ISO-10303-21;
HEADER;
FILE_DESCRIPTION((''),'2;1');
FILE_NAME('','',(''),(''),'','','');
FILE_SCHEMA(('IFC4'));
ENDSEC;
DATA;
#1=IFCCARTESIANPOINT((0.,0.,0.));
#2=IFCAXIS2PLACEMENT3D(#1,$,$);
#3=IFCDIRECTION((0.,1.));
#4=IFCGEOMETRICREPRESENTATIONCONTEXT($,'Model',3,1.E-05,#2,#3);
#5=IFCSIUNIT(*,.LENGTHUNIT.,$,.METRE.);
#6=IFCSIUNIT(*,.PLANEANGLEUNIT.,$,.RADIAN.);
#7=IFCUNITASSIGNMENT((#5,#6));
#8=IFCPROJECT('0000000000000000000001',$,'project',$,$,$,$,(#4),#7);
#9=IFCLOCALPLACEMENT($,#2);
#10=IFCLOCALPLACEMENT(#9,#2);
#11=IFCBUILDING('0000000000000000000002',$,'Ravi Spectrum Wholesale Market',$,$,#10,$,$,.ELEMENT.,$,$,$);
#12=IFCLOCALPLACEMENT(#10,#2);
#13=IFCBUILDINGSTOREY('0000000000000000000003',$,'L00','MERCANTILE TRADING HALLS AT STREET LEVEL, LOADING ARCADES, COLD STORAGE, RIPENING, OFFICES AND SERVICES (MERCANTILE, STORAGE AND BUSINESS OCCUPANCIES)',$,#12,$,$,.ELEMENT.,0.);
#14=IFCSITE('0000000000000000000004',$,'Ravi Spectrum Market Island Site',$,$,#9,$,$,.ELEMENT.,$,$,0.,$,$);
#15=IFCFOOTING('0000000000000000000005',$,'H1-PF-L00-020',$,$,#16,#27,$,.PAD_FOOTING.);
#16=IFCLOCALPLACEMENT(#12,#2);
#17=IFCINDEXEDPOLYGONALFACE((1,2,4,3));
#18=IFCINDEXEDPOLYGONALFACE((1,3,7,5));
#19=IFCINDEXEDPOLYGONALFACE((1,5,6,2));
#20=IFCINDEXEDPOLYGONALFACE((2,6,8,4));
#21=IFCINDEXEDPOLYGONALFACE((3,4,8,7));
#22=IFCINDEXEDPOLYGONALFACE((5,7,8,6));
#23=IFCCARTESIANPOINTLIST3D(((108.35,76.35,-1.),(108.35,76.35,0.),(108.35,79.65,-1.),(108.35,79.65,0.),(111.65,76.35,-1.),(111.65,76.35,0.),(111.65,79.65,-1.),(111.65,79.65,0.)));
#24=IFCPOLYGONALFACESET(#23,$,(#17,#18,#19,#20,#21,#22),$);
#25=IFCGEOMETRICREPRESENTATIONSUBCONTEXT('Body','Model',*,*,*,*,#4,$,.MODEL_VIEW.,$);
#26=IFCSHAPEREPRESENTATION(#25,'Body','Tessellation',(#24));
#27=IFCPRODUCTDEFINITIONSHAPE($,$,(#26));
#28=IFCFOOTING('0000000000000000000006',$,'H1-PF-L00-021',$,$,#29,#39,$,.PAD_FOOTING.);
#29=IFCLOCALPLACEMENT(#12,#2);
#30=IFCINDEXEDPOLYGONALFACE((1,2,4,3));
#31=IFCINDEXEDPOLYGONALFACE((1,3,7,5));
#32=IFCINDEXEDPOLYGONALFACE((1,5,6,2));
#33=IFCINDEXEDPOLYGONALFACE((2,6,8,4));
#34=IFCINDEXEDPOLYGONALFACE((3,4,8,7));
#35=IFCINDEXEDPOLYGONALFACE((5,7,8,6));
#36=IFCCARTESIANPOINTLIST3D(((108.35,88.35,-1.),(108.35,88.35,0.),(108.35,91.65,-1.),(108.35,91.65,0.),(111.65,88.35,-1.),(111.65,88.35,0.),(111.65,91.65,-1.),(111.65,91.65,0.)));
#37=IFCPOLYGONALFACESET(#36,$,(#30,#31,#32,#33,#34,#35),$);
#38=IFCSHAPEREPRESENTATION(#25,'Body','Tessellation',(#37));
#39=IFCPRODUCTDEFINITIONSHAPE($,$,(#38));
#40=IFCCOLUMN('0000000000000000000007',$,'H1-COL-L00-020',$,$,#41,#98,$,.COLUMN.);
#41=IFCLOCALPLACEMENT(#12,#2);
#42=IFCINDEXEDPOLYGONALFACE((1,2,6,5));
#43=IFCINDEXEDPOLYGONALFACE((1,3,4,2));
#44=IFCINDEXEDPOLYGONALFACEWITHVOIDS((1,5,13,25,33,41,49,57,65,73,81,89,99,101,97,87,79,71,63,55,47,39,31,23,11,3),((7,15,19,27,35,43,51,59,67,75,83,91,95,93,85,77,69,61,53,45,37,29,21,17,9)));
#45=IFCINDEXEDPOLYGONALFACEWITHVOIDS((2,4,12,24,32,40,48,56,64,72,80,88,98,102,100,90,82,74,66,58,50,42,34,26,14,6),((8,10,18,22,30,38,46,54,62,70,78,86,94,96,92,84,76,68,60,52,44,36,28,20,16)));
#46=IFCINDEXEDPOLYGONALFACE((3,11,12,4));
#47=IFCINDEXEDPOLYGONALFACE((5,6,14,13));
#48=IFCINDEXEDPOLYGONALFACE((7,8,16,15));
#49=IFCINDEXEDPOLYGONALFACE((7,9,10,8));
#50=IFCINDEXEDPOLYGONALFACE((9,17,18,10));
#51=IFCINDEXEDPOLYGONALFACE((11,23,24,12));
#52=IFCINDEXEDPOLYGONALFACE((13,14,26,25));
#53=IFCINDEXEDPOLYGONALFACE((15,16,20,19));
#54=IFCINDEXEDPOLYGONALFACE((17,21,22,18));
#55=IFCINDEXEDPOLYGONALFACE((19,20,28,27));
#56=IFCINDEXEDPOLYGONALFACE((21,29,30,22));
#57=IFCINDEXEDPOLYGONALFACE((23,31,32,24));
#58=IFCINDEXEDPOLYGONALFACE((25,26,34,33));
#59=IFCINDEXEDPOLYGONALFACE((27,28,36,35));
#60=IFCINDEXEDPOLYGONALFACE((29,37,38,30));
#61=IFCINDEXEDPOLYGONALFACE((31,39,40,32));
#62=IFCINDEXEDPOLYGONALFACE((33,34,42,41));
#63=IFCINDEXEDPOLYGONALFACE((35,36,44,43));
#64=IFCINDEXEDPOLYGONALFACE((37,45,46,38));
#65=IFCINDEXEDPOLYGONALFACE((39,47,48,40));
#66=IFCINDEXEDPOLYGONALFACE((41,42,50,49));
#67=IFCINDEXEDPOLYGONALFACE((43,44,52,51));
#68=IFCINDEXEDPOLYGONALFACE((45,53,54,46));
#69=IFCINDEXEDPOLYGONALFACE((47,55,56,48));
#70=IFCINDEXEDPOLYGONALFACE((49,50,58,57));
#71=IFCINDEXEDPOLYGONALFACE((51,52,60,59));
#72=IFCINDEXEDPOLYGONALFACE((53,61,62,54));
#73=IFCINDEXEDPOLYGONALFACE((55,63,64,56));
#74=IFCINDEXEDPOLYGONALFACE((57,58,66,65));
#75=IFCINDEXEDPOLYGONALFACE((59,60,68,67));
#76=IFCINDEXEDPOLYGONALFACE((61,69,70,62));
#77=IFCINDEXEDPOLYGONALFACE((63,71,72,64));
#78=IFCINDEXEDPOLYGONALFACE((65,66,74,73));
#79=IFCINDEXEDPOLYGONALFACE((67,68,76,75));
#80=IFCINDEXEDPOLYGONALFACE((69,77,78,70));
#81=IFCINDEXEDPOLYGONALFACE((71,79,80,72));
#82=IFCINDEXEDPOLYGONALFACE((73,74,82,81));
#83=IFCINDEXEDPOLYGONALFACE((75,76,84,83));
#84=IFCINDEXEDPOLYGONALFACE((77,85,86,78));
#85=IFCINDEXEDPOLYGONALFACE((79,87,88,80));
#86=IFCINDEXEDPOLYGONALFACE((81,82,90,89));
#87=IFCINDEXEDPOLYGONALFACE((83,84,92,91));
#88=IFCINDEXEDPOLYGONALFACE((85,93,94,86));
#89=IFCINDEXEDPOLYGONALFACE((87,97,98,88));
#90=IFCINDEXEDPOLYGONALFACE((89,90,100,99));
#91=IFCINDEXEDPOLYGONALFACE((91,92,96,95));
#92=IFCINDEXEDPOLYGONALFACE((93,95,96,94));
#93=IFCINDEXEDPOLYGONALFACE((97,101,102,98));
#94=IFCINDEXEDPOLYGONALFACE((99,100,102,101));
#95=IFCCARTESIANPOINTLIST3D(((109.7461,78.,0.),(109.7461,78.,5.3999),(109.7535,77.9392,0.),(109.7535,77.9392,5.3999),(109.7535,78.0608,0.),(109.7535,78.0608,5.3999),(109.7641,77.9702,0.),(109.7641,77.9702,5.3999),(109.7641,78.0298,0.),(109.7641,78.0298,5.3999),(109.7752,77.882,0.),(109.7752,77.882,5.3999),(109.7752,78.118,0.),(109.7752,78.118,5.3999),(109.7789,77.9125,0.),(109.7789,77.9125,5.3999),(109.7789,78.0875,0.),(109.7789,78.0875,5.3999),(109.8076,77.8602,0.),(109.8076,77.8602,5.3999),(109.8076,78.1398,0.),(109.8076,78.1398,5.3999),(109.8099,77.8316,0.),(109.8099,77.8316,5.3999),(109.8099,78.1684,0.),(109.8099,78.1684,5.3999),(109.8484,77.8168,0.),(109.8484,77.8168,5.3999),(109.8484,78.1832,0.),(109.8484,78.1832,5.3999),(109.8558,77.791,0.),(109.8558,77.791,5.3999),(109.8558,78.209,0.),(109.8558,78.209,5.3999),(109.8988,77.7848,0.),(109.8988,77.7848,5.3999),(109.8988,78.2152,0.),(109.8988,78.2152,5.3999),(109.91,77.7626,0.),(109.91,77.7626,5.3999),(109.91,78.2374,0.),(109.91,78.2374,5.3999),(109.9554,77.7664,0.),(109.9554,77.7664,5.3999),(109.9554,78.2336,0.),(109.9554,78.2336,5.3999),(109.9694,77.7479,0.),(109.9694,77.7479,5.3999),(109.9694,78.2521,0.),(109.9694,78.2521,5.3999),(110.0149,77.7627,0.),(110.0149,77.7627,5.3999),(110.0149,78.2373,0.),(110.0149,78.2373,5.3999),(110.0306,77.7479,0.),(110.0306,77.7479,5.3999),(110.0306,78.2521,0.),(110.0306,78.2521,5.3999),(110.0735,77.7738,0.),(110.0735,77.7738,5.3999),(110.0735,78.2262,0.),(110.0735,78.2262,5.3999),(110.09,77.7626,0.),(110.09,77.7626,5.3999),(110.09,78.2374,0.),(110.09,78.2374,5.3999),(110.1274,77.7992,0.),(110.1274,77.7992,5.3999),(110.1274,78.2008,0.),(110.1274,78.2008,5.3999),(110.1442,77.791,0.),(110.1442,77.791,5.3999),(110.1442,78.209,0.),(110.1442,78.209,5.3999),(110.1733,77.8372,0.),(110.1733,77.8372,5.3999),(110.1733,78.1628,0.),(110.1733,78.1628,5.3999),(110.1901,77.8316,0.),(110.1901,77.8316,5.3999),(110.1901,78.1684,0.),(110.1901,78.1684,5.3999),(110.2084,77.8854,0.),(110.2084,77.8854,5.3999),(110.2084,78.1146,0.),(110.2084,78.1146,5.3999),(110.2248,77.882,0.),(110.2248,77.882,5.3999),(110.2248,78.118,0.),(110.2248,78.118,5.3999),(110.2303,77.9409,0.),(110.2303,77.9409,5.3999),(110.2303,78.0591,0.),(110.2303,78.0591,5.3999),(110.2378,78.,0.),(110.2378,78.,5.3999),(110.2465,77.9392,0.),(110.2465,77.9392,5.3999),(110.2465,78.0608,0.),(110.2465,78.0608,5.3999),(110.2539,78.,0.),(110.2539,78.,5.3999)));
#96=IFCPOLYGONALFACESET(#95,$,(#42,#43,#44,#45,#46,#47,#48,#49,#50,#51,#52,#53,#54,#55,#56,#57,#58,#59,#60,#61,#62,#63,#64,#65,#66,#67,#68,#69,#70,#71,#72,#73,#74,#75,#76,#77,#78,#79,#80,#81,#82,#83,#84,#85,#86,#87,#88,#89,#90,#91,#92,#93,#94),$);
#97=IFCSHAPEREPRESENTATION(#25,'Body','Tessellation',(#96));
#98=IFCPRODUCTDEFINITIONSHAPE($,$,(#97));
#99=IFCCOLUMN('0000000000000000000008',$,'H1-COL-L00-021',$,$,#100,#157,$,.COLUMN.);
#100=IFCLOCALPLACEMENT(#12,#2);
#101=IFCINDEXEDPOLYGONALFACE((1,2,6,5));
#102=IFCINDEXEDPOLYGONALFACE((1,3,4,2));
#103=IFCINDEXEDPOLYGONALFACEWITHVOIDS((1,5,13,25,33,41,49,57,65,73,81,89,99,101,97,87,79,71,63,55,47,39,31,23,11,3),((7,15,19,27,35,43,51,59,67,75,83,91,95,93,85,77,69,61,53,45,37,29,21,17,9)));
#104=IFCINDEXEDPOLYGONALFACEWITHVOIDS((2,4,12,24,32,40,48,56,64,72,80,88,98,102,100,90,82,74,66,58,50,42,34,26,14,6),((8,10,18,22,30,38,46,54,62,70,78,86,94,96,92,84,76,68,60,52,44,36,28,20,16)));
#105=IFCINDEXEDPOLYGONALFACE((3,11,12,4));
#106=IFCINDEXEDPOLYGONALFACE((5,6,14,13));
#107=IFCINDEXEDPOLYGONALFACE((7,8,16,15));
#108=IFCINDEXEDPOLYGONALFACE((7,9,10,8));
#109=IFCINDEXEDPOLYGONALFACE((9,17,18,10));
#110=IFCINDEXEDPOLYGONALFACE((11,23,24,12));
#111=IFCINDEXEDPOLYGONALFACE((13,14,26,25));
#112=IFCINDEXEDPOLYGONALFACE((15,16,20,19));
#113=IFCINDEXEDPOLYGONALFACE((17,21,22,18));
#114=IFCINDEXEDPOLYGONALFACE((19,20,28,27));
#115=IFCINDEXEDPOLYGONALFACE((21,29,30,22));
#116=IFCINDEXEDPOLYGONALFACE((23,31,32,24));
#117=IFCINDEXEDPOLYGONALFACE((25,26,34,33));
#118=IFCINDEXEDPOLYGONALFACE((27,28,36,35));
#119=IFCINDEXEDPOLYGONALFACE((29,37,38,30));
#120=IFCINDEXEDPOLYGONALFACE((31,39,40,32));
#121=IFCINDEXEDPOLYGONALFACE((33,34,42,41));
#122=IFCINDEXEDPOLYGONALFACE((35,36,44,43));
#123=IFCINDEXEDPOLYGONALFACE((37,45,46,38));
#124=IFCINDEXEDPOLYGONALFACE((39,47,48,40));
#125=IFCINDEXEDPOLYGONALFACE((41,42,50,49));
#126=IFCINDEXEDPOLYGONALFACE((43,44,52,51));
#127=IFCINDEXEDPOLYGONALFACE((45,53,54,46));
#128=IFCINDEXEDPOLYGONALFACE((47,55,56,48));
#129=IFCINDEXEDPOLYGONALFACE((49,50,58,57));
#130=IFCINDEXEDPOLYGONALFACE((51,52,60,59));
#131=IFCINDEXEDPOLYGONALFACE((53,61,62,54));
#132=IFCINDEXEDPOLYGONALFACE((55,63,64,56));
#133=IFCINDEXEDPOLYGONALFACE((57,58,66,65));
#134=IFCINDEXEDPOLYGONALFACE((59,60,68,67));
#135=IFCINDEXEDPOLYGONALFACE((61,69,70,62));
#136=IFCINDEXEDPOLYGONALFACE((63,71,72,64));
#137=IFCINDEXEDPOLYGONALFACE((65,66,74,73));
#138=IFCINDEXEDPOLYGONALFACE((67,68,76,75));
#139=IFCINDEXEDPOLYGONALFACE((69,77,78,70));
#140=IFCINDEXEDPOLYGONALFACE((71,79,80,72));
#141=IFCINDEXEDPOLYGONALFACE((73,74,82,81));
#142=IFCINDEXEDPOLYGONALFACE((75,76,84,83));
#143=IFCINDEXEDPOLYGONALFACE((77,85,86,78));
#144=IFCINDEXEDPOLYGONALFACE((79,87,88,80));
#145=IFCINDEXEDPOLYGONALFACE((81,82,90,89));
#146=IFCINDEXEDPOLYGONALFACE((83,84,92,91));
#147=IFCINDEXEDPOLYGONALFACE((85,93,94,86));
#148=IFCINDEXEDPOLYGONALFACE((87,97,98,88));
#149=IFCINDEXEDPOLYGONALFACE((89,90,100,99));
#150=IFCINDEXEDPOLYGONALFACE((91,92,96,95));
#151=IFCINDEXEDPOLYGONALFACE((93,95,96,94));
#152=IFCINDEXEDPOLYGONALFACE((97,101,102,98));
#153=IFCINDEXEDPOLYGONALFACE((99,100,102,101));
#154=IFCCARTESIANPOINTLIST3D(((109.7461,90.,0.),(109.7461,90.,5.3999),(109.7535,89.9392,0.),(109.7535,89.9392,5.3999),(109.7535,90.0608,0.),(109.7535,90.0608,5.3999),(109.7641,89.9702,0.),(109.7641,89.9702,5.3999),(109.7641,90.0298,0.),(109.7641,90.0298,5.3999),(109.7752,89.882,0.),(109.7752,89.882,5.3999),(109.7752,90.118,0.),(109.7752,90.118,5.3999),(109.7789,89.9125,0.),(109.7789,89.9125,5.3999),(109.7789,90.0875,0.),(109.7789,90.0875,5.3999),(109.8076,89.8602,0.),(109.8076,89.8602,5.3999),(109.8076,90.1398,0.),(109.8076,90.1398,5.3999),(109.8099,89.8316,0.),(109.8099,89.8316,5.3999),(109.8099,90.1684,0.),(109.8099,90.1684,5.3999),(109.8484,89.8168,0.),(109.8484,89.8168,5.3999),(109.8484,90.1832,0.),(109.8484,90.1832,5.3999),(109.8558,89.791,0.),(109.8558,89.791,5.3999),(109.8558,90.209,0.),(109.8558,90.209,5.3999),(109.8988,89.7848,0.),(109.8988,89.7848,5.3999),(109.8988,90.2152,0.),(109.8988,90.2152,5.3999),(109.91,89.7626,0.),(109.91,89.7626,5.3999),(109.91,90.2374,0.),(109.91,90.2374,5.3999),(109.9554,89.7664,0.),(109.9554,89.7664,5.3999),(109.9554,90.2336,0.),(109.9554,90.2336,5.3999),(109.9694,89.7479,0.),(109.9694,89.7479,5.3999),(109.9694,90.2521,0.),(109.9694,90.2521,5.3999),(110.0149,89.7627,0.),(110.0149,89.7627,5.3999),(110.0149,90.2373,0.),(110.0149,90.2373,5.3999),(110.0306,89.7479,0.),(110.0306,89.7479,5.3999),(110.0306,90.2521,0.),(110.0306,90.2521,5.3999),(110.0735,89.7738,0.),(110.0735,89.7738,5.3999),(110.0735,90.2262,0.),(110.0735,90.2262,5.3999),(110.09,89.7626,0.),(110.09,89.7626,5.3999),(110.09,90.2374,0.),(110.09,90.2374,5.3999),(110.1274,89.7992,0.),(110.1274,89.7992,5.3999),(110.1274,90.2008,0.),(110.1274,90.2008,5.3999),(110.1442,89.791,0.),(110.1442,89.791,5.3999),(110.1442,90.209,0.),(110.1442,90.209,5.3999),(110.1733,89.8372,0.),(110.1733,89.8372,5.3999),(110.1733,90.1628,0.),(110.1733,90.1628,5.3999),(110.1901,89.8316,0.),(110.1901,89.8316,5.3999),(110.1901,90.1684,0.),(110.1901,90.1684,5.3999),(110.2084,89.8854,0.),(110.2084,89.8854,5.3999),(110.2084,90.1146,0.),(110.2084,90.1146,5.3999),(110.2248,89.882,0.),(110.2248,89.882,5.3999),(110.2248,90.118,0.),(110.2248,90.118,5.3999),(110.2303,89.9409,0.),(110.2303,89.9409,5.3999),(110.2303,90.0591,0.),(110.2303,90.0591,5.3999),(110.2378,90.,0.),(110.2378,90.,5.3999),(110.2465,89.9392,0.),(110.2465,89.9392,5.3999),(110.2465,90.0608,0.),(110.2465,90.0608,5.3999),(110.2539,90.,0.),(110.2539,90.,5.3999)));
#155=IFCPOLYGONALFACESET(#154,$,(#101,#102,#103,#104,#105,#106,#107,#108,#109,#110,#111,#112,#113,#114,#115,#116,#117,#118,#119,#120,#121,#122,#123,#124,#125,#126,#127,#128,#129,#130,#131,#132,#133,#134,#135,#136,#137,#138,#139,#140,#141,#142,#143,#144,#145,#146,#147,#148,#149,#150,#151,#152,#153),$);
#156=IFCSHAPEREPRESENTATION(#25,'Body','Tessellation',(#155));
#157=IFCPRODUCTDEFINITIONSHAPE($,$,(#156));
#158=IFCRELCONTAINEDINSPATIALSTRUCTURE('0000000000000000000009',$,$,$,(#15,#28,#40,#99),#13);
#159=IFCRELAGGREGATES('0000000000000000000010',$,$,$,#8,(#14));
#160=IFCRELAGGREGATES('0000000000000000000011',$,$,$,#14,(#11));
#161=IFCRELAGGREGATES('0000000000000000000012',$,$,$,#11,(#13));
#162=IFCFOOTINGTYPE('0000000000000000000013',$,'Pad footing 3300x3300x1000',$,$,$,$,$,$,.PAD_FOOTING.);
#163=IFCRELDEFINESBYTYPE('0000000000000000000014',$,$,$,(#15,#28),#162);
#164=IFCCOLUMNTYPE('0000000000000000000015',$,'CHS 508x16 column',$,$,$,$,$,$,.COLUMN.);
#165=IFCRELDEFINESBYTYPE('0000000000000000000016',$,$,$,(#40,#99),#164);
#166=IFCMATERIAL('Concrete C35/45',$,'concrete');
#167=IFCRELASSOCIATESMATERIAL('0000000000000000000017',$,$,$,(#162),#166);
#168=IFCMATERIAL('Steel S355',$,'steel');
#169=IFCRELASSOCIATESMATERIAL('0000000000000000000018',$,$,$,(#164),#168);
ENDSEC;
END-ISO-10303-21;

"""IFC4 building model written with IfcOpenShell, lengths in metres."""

from ifc_helpers import new_model, si_unit, direction, frame, origin, origin_2d, place, context, subcontext, project, spatial, rectangle, hollow_circle, extrude, material, material_profile, profile_set, type_object, element, save


model = new_model("IFC4")

# Units and contexts
model_context = context("Model", 3, precision=1e-05, world=origin(), true_north=direction((0.0, 1.0)))
body_context = subcontext(model_context, "Body", "Model", "MODEL_VIEW")
ifc_project = project(units=[si_unit("LENGTHUNIT", "METRE"), si_unit("PLANEANGLEUNIT", "RADIAN")], contexts=[model_context])

# Site, building, storey
site_placement = place(None, origin())
site = spatial("IfcSite", under=ifc_project, at=site_placement, Name="Ravi Spectrum Market Island Site", CompositionType="ELEMENT", RefElevation=0.0)
building_placement = place(site_placement, origin())
building = spatial("IfcBuilding", under=site, at=building_placement, Name="Ravi Spectrum Wholesale Market", CompositionType="ELEMENT")
storey_placement = place(building_placement, origin())
storey = spatial("IfcBuildingStorey", under=building, at=storey_placement, Name="L00", Description="MERCANTILE TRADING HALLS AT STREET LEVEL, LOADING ARCADES, COLD STORAGE, RIPENING, OFFICES AND SERVICES (MERCANTILE, STORAGE AND BUSINESS OCCUPANCIES)", CompositionType="ELEMENT", Elevation=0.0)

# Footings
ifc_material_1 = material(Name="Concrete C35/45", Category="concrete")
footing_type = type_object("IfcFootingType", Name="Pad footing 3300x3300x1000", PredefinedType="PAD_FOOTING", material=ifc_material_1)
for number, where, z_axis, x_axis, name in (
    (1, (110.0, 78.0, -1.0), (0.0, 0.0, 1.0), (1.0, 0.0, 0.0), "H1-PF-L00-020"),
    (2, (110.0, 90.0, -1.0), (0.0, 0.0, 1.0), (1.0, 0.0, 0.0), "H1-PF-L00-021"),
):
    element("IfcFooting", number, at=place(storey_placement, frame(where, z_axis=z_axis, x_axis=x_axis)), inside=storey, type_object=footing_type, Name=name, PredefinedType="PAD_FOOTING", context=body_context, shape_type="SweptSolid", body=[
        extrude(rectangle(XDim=3.3, YDim=3.3, at=origin_2d()), origin(), (0.0, 0.0, 1.0), 1.0),
    ])

# Columns
ifc_material_2 = material(Name="Steel S355", Category="steel")
ifc_material_profile = material_profile(ifc_material_2, hollow_circle(Radius=0.2539, WallThickness=0.0161, at=origin_2d()))
ifc_profile_set = profile_set([ifc_material_profile], Name="Steel S355")
column_type = type_object("IfcColumnType", Name="CHS 508x16 column", PredefinedType="COLUMN", material=ifc_profile_set)
for number, where, z_axis, x_axis, name in (
    (3, (110.0, 78.0, 0.0), (0.0, 0.0, 1.0), (1.0, 0.0, 0.0), "H1-COL-L00-020"),
    (4, (110.0, 90.0, 0.0), (0.0, 0.0, 1.0), (1.0, 0.0, 0.0), "H1-COL-L00-021"),
):
    element("IfcColumn", number, at=place(storey_placement, frame(where, z_axis=z_axis, x_axis=x_axis)), inside=storey, type_object=column_type, Name=name, PredefinedType="COLUMN", context=body_context, shape_type="SweptSolid", body=[
        extrude(hollow_circle(Radius=0.2539, WallThickness=0.0161, at=origin_2d()), origin(), (0.0, 0.0, 1.0), 5.3999),
    ])

save(model, "model.ifc")
